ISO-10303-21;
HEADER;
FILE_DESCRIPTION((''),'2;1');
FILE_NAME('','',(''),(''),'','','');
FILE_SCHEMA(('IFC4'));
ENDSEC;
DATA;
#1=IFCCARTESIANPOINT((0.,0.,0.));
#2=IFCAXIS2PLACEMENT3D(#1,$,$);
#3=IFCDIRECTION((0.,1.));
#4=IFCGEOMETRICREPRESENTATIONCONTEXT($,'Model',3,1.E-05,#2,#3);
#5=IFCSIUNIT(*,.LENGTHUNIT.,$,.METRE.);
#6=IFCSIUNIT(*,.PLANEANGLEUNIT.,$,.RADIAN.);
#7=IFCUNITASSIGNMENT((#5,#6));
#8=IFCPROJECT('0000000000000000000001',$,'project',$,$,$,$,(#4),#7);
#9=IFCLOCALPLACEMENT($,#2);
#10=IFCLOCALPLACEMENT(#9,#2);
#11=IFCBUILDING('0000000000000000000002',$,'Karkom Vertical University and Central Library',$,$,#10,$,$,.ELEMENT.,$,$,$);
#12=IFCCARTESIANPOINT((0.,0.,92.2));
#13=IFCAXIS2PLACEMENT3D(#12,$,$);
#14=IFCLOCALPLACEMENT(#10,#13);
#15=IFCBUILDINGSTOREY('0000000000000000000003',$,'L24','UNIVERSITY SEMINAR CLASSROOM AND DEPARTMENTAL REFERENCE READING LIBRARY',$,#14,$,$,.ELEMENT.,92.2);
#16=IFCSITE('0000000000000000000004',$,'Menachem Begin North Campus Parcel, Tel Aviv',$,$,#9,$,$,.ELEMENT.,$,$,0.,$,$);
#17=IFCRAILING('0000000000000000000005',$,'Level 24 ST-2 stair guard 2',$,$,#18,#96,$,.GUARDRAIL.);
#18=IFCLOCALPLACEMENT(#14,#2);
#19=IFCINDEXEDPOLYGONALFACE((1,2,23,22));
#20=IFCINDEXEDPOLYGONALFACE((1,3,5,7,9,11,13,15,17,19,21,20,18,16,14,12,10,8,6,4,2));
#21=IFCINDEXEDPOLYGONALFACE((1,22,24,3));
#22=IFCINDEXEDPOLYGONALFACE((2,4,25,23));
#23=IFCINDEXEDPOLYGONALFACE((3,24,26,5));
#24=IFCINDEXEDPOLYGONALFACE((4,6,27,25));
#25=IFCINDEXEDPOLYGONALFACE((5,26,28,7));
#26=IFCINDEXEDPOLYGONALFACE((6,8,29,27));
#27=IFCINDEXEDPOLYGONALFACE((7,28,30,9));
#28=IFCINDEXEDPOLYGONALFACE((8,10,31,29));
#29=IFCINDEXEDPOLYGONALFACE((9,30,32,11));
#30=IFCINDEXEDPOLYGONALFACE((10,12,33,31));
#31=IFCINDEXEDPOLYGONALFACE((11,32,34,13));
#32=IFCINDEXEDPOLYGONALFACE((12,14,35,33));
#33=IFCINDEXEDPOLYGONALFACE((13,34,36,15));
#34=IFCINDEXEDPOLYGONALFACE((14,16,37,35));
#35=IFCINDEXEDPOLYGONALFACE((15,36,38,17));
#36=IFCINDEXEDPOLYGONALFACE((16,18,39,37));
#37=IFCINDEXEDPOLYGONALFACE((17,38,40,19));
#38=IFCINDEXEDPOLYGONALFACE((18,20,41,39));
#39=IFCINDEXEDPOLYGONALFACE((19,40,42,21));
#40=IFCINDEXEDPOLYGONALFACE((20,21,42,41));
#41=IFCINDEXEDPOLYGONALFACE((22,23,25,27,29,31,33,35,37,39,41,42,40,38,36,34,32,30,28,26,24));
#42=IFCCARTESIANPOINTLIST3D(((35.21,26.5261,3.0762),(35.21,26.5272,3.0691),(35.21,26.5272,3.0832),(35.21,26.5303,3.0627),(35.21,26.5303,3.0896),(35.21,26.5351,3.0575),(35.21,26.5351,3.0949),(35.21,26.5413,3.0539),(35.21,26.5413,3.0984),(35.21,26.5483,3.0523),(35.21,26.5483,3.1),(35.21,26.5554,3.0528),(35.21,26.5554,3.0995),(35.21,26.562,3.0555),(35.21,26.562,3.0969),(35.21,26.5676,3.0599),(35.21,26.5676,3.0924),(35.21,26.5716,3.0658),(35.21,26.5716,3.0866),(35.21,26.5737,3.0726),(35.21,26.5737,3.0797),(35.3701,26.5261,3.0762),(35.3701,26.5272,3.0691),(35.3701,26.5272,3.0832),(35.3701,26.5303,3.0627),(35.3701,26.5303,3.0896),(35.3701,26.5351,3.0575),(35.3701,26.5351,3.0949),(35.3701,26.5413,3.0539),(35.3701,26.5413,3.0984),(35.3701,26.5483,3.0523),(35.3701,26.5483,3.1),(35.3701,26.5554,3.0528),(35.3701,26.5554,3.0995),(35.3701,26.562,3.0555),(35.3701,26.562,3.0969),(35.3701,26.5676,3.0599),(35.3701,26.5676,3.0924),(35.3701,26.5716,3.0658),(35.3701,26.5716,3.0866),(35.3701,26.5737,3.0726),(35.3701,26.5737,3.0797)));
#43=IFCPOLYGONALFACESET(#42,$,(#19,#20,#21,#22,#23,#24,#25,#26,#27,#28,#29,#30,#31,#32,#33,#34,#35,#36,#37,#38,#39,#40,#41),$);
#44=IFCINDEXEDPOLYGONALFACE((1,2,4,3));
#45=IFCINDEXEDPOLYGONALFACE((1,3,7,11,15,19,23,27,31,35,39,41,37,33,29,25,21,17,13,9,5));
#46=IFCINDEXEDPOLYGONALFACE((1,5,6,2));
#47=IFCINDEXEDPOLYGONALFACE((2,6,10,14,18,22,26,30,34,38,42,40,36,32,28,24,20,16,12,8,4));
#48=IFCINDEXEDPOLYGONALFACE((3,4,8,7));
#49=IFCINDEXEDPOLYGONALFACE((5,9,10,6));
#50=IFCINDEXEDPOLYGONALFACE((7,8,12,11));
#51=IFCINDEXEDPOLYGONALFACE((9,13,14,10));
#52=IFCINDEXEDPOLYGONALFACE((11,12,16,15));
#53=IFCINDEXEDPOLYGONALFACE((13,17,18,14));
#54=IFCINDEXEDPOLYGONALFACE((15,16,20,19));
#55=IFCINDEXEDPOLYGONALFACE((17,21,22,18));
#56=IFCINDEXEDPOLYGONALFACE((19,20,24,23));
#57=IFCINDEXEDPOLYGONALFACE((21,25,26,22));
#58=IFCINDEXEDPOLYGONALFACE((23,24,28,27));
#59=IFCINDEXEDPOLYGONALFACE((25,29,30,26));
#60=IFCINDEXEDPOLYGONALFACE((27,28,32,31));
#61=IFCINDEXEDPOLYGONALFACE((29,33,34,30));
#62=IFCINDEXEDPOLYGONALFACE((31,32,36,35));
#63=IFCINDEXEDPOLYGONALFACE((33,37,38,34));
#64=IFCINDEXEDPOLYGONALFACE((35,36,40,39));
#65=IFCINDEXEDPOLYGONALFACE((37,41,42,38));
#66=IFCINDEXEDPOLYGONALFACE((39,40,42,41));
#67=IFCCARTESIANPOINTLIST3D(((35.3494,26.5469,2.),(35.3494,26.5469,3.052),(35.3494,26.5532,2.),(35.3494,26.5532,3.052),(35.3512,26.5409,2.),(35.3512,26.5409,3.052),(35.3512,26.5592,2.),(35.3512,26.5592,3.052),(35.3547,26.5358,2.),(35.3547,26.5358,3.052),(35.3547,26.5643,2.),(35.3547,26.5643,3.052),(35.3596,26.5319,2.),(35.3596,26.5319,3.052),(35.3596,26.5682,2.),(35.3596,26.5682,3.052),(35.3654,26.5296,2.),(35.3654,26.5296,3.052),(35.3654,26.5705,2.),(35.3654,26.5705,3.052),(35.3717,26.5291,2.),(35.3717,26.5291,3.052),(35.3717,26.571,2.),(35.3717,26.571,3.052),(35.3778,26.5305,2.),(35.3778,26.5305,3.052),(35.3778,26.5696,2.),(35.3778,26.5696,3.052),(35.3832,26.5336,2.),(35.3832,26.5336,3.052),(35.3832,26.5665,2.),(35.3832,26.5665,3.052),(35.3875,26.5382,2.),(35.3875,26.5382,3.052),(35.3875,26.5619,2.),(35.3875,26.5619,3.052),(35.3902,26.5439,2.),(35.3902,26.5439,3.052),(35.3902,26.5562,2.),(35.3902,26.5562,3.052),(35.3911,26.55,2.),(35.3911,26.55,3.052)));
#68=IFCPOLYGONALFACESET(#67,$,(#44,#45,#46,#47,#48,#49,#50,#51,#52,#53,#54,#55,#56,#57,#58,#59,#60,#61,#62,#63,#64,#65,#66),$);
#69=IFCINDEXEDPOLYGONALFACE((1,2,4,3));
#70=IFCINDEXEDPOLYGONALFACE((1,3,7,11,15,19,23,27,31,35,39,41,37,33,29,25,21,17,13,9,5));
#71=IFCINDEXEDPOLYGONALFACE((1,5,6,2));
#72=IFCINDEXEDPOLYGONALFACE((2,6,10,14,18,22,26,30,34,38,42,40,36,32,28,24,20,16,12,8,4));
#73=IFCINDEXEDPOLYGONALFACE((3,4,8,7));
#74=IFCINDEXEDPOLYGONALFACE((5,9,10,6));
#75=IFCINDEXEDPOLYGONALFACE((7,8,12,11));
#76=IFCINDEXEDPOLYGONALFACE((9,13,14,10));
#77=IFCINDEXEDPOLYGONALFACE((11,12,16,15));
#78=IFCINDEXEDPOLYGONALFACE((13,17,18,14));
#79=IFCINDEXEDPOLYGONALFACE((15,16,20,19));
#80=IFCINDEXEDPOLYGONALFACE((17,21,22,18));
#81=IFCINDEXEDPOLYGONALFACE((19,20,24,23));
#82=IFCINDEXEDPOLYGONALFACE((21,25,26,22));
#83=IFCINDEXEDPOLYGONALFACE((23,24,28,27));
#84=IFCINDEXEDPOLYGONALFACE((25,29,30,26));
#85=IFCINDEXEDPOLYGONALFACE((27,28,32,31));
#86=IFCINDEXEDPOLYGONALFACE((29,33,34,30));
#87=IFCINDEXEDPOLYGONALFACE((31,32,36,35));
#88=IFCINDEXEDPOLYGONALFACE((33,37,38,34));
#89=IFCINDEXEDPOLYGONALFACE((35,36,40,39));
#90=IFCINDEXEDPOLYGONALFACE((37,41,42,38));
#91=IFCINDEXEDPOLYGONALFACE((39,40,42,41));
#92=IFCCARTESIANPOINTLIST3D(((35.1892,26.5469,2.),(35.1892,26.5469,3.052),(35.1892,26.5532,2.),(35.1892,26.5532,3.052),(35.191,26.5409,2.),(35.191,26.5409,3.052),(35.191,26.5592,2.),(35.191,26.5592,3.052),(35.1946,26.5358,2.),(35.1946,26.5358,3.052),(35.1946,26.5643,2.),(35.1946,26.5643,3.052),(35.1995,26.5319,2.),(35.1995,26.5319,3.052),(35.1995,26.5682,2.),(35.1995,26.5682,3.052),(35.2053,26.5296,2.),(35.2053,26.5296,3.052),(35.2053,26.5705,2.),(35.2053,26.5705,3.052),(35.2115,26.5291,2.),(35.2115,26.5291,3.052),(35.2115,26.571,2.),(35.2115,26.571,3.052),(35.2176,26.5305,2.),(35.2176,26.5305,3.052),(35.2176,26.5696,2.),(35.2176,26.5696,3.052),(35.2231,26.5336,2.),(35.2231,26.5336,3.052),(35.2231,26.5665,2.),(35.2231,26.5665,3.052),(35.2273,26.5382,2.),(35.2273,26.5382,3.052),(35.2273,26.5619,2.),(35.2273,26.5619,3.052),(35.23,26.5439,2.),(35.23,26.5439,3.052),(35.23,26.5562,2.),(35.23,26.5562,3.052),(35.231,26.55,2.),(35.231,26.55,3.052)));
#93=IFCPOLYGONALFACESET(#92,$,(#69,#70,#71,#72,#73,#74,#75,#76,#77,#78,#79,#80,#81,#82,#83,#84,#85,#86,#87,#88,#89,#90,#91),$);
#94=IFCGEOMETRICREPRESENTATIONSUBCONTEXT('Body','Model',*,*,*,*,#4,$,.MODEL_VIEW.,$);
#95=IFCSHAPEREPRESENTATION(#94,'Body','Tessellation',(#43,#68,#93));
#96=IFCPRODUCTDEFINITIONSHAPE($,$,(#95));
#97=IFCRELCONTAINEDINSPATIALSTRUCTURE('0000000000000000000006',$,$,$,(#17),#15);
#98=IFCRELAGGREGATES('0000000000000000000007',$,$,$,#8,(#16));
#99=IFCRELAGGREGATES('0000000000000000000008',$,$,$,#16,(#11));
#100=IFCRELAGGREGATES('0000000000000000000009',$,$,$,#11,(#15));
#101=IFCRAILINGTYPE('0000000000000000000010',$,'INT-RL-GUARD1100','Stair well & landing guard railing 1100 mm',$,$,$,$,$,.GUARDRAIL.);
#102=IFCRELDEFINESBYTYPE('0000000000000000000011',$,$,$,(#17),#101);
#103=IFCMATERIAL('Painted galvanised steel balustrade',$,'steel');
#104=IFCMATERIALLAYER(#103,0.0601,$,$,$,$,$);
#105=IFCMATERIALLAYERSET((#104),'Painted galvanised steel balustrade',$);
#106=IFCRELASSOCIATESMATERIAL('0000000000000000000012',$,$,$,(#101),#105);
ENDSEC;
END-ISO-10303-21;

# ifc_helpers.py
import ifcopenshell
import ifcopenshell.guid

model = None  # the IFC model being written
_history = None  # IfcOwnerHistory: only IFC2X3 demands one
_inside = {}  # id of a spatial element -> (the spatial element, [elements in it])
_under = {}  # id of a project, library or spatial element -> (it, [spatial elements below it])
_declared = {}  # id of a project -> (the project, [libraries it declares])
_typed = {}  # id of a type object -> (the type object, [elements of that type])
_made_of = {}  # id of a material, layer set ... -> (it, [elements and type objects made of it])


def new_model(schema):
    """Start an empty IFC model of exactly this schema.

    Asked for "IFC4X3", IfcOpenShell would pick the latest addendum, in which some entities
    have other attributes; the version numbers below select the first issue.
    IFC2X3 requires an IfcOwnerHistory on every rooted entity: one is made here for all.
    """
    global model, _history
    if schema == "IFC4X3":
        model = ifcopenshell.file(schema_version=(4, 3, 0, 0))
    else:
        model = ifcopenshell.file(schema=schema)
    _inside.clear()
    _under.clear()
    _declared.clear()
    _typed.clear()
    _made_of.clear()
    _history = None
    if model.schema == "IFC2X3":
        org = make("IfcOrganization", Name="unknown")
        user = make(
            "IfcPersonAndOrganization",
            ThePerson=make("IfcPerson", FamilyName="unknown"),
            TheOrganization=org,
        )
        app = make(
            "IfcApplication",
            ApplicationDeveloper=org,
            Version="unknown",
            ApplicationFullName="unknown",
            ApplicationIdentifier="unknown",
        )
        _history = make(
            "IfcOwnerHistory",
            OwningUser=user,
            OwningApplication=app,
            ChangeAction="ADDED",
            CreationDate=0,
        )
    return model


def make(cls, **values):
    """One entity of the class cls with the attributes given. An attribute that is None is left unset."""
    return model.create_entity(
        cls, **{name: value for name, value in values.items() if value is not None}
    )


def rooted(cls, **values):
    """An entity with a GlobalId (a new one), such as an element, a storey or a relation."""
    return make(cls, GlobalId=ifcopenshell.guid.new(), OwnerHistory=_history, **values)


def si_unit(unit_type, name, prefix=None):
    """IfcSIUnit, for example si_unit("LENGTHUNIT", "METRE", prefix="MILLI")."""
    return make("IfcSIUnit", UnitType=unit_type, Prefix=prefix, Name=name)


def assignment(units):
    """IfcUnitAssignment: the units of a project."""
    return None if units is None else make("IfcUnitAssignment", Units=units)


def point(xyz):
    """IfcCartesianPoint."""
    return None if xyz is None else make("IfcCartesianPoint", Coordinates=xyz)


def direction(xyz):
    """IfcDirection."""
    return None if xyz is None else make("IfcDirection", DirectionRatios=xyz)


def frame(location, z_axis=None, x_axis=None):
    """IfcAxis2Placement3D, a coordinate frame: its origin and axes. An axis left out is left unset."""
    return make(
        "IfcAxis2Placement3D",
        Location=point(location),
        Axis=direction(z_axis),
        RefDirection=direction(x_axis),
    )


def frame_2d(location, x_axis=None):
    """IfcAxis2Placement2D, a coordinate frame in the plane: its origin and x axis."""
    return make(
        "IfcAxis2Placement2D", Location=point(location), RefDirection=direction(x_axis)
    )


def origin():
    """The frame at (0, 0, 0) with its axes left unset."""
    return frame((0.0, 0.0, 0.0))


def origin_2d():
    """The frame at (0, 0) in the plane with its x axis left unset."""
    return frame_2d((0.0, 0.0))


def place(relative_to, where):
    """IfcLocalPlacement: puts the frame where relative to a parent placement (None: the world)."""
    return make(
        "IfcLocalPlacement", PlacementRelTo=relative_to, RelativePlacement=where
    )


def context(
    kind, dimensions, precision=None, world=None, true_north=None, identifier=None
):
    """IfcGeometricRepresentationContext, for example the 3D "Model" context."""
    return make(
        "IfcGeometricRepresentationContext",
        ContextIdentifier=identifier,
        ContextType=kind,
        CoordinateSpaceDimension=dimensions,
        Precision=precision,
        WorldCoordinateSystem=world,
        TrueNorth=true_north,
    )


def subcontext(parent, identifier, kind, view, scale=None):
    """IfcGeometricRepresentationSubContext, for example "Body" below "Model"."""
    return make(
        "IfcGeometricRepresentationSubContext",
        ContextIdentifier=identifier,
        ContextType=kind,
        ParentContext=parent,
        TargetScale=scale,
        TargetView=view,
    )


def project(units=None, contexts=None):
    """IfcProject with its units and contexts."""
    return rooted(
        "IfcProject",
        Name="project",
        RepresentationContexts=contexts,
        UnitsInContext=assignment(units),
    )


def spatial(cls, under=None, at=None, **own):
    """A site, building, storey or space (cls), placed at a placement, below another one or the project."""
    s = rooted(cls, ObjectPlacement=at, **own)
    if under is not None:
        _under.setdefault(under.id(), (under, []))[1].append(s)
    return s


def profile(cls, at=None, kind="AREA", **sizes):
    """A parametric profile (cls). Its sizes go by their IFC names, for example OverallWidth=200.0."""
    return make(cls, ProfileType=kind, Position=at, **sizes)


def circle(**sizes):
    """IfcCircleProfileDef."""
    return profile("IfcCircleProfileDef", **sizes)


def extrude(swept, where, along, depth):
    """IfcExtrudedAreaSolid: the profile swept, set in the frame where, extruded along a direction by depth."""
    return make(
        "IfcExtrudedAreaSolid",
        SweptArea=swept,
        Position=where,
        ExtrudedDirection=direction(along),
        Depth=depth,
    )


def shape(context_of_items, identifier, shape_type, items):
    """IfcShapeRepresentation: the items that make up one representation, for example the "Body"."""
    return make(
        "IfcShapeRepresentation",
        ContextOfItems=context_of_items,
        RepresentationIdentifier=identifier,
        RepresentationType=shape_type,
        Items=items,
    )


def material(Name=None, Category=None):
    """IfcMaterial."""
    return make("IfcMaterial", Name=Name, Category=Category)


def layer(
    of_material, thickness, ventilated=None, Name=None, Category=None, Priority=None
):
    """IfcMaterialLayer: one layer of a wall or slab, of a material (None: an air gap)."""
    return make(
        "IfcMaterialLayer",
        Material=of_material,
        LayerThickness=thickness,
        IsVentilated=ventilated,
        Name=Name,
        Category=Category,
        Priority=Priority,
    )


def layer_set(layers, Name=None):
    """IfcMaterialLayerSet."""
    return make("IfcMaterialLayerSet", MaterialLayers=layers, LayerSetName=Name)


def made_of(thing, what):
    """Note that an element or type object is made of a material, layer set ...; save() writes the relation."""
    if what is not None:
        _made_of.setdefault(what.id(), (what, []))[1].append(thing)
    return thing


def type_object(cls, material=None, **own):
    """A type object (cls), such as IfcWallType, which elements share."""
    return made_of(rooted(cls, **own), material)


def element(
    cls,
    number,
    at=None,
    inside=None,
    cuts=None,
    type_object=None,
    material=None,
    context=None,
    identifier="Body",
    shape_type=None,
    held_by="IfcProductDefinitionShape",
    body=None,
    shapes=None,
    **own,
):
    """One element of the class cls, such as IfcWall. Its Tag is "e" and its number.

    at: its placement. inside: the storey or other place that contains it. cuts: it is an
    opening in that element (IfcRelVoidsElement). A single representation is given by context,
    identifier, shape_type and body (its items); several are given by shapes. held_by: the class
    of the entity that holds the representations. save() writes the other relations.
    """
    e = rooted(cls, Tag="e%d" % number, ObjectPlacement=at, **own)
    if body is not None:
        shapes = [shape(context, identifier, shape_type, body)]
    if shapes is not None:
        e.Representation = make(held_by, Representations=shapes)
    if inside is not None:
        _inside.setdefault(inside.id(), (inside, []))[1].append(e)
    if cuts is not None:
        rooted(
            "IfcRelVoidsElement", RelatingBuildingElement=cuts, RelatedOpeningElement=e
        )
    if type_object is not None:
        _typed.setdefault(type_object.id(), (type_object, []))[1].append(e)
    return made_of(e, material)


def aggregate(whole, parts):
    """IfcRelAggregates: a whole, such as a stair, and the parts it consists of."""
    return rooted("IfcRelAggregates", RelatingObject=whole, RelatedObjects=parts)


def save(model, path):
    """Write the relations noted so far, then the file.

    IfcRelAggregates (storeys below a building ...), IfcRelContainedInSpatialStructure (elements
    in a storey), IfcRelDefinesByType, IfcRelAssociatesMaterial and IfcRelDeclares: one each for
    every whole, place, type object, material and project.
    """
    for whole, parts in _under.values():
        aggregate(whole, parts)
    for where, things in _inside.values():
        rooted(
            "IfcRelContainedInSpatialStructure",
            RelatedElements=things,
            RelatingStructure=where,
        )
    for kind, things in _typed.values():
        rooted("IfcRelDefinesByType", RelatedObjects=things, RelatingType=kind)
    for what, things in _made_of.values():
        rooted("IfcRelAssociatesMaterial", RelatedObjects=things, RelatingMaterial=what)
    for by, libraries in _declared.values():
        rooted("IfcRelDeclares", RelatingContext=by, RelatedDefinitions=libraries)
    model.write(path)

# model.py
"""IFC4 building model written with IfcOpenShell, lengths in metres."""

from ifc_helpers import new_model, si_unit, direction, frame, origin, origin_2d, place, context, subcontext, project, spatial, circle, extrude, material, layer, layer_set, type_object, element, save


model = new_model("IFC4")

# Units and contexts
model_context = context("Model", 3, precision=1e-05, world=origin(), true_north=direction((0.0, 1.0)))
body_context = subcontext(model_context, "Body", "Model", "MODEL_VIEW")
ifc_project = project(units=[si_unit("LENGTHUNIT", "METRE"), si_unit("PLANEANGLEUNIT", "RADIAN")], contexts=[model_context])

# Site, building, storey
site_placement = place(None, origin())
site = spatial("IfcSite", under=ifc_project, at=site_placement, Name="Menachem Begin North Campus Parcel, Tel Aviv", CompositionType="ELEMENT", RefElevation=0.0)
building_placement = place(site_placement, origin())
building = spatial("IfcBuilding", under=site, at=building_placement, Name="Karkom Vertical University and Central Library", CompositionType="ELEMENT")
storey_placement = place(building_placement, frame((0.0, 0.0, 92.2)))
storey = spatial("IfcBuildingStorey", under=building, at=storey_placement, Name="L24", Description="UNIVERSITY SEMINAR CLASSROOM AND DEPARTMENTAL REFERENCE READING LIBRARY", CompositionType="ELEMENT", Elevation=92.2)

# Railing
ifc_material_1 = material(Name="Painted galvanised steel balustrade", Category="steel")
ifc_layer_1 = layer(ifc_material_1, 0.0601)
ifc_layer_set_1 = layer_set([ifc_layer_1], Name="Painted galvanised steel balustrade")
railing_type = type_object("IfcRailingType", Name="INT-RL-GUARD1100", Description="Stair well & landing guard railing 1100 mm", PredefinedType="GUARDRAIL", material=ifc_layer_set_1)
railing_1_placement = place(storey_placement, frame((35.3701, 26.55, 2.0)))
element("IfcRailing", 1, at=railing_1_placement, inside=storey, type_object=railing_type, Name="Level 24 ST-2 stair guard 2", PredefinedType="GUARDRAIL", context=body_context, shape_type="SweptSolid", body=[
    extrude(circle(Radius=0.0239, at=origin_2d()), frame((0.0, 0.0, 1.0762), z_axis=(-1.0, 0.0, 0.0), x_axis=(0.0, -1.0, 0.0)), (0.0, 0.0, 1.0), 0.1602),
    extrude(circle(Radius=0.021, at=origin_2d()), origin(), (0.0, 0.0, 1.0), 1.052),
    extrude(circle(Radius=0.021, at=origin_2d()), frame((-0.1602, 0.0, 0.0)), (0.0, 0.0, 1.0), 1.052),
])

save(model, "model.ifc")
